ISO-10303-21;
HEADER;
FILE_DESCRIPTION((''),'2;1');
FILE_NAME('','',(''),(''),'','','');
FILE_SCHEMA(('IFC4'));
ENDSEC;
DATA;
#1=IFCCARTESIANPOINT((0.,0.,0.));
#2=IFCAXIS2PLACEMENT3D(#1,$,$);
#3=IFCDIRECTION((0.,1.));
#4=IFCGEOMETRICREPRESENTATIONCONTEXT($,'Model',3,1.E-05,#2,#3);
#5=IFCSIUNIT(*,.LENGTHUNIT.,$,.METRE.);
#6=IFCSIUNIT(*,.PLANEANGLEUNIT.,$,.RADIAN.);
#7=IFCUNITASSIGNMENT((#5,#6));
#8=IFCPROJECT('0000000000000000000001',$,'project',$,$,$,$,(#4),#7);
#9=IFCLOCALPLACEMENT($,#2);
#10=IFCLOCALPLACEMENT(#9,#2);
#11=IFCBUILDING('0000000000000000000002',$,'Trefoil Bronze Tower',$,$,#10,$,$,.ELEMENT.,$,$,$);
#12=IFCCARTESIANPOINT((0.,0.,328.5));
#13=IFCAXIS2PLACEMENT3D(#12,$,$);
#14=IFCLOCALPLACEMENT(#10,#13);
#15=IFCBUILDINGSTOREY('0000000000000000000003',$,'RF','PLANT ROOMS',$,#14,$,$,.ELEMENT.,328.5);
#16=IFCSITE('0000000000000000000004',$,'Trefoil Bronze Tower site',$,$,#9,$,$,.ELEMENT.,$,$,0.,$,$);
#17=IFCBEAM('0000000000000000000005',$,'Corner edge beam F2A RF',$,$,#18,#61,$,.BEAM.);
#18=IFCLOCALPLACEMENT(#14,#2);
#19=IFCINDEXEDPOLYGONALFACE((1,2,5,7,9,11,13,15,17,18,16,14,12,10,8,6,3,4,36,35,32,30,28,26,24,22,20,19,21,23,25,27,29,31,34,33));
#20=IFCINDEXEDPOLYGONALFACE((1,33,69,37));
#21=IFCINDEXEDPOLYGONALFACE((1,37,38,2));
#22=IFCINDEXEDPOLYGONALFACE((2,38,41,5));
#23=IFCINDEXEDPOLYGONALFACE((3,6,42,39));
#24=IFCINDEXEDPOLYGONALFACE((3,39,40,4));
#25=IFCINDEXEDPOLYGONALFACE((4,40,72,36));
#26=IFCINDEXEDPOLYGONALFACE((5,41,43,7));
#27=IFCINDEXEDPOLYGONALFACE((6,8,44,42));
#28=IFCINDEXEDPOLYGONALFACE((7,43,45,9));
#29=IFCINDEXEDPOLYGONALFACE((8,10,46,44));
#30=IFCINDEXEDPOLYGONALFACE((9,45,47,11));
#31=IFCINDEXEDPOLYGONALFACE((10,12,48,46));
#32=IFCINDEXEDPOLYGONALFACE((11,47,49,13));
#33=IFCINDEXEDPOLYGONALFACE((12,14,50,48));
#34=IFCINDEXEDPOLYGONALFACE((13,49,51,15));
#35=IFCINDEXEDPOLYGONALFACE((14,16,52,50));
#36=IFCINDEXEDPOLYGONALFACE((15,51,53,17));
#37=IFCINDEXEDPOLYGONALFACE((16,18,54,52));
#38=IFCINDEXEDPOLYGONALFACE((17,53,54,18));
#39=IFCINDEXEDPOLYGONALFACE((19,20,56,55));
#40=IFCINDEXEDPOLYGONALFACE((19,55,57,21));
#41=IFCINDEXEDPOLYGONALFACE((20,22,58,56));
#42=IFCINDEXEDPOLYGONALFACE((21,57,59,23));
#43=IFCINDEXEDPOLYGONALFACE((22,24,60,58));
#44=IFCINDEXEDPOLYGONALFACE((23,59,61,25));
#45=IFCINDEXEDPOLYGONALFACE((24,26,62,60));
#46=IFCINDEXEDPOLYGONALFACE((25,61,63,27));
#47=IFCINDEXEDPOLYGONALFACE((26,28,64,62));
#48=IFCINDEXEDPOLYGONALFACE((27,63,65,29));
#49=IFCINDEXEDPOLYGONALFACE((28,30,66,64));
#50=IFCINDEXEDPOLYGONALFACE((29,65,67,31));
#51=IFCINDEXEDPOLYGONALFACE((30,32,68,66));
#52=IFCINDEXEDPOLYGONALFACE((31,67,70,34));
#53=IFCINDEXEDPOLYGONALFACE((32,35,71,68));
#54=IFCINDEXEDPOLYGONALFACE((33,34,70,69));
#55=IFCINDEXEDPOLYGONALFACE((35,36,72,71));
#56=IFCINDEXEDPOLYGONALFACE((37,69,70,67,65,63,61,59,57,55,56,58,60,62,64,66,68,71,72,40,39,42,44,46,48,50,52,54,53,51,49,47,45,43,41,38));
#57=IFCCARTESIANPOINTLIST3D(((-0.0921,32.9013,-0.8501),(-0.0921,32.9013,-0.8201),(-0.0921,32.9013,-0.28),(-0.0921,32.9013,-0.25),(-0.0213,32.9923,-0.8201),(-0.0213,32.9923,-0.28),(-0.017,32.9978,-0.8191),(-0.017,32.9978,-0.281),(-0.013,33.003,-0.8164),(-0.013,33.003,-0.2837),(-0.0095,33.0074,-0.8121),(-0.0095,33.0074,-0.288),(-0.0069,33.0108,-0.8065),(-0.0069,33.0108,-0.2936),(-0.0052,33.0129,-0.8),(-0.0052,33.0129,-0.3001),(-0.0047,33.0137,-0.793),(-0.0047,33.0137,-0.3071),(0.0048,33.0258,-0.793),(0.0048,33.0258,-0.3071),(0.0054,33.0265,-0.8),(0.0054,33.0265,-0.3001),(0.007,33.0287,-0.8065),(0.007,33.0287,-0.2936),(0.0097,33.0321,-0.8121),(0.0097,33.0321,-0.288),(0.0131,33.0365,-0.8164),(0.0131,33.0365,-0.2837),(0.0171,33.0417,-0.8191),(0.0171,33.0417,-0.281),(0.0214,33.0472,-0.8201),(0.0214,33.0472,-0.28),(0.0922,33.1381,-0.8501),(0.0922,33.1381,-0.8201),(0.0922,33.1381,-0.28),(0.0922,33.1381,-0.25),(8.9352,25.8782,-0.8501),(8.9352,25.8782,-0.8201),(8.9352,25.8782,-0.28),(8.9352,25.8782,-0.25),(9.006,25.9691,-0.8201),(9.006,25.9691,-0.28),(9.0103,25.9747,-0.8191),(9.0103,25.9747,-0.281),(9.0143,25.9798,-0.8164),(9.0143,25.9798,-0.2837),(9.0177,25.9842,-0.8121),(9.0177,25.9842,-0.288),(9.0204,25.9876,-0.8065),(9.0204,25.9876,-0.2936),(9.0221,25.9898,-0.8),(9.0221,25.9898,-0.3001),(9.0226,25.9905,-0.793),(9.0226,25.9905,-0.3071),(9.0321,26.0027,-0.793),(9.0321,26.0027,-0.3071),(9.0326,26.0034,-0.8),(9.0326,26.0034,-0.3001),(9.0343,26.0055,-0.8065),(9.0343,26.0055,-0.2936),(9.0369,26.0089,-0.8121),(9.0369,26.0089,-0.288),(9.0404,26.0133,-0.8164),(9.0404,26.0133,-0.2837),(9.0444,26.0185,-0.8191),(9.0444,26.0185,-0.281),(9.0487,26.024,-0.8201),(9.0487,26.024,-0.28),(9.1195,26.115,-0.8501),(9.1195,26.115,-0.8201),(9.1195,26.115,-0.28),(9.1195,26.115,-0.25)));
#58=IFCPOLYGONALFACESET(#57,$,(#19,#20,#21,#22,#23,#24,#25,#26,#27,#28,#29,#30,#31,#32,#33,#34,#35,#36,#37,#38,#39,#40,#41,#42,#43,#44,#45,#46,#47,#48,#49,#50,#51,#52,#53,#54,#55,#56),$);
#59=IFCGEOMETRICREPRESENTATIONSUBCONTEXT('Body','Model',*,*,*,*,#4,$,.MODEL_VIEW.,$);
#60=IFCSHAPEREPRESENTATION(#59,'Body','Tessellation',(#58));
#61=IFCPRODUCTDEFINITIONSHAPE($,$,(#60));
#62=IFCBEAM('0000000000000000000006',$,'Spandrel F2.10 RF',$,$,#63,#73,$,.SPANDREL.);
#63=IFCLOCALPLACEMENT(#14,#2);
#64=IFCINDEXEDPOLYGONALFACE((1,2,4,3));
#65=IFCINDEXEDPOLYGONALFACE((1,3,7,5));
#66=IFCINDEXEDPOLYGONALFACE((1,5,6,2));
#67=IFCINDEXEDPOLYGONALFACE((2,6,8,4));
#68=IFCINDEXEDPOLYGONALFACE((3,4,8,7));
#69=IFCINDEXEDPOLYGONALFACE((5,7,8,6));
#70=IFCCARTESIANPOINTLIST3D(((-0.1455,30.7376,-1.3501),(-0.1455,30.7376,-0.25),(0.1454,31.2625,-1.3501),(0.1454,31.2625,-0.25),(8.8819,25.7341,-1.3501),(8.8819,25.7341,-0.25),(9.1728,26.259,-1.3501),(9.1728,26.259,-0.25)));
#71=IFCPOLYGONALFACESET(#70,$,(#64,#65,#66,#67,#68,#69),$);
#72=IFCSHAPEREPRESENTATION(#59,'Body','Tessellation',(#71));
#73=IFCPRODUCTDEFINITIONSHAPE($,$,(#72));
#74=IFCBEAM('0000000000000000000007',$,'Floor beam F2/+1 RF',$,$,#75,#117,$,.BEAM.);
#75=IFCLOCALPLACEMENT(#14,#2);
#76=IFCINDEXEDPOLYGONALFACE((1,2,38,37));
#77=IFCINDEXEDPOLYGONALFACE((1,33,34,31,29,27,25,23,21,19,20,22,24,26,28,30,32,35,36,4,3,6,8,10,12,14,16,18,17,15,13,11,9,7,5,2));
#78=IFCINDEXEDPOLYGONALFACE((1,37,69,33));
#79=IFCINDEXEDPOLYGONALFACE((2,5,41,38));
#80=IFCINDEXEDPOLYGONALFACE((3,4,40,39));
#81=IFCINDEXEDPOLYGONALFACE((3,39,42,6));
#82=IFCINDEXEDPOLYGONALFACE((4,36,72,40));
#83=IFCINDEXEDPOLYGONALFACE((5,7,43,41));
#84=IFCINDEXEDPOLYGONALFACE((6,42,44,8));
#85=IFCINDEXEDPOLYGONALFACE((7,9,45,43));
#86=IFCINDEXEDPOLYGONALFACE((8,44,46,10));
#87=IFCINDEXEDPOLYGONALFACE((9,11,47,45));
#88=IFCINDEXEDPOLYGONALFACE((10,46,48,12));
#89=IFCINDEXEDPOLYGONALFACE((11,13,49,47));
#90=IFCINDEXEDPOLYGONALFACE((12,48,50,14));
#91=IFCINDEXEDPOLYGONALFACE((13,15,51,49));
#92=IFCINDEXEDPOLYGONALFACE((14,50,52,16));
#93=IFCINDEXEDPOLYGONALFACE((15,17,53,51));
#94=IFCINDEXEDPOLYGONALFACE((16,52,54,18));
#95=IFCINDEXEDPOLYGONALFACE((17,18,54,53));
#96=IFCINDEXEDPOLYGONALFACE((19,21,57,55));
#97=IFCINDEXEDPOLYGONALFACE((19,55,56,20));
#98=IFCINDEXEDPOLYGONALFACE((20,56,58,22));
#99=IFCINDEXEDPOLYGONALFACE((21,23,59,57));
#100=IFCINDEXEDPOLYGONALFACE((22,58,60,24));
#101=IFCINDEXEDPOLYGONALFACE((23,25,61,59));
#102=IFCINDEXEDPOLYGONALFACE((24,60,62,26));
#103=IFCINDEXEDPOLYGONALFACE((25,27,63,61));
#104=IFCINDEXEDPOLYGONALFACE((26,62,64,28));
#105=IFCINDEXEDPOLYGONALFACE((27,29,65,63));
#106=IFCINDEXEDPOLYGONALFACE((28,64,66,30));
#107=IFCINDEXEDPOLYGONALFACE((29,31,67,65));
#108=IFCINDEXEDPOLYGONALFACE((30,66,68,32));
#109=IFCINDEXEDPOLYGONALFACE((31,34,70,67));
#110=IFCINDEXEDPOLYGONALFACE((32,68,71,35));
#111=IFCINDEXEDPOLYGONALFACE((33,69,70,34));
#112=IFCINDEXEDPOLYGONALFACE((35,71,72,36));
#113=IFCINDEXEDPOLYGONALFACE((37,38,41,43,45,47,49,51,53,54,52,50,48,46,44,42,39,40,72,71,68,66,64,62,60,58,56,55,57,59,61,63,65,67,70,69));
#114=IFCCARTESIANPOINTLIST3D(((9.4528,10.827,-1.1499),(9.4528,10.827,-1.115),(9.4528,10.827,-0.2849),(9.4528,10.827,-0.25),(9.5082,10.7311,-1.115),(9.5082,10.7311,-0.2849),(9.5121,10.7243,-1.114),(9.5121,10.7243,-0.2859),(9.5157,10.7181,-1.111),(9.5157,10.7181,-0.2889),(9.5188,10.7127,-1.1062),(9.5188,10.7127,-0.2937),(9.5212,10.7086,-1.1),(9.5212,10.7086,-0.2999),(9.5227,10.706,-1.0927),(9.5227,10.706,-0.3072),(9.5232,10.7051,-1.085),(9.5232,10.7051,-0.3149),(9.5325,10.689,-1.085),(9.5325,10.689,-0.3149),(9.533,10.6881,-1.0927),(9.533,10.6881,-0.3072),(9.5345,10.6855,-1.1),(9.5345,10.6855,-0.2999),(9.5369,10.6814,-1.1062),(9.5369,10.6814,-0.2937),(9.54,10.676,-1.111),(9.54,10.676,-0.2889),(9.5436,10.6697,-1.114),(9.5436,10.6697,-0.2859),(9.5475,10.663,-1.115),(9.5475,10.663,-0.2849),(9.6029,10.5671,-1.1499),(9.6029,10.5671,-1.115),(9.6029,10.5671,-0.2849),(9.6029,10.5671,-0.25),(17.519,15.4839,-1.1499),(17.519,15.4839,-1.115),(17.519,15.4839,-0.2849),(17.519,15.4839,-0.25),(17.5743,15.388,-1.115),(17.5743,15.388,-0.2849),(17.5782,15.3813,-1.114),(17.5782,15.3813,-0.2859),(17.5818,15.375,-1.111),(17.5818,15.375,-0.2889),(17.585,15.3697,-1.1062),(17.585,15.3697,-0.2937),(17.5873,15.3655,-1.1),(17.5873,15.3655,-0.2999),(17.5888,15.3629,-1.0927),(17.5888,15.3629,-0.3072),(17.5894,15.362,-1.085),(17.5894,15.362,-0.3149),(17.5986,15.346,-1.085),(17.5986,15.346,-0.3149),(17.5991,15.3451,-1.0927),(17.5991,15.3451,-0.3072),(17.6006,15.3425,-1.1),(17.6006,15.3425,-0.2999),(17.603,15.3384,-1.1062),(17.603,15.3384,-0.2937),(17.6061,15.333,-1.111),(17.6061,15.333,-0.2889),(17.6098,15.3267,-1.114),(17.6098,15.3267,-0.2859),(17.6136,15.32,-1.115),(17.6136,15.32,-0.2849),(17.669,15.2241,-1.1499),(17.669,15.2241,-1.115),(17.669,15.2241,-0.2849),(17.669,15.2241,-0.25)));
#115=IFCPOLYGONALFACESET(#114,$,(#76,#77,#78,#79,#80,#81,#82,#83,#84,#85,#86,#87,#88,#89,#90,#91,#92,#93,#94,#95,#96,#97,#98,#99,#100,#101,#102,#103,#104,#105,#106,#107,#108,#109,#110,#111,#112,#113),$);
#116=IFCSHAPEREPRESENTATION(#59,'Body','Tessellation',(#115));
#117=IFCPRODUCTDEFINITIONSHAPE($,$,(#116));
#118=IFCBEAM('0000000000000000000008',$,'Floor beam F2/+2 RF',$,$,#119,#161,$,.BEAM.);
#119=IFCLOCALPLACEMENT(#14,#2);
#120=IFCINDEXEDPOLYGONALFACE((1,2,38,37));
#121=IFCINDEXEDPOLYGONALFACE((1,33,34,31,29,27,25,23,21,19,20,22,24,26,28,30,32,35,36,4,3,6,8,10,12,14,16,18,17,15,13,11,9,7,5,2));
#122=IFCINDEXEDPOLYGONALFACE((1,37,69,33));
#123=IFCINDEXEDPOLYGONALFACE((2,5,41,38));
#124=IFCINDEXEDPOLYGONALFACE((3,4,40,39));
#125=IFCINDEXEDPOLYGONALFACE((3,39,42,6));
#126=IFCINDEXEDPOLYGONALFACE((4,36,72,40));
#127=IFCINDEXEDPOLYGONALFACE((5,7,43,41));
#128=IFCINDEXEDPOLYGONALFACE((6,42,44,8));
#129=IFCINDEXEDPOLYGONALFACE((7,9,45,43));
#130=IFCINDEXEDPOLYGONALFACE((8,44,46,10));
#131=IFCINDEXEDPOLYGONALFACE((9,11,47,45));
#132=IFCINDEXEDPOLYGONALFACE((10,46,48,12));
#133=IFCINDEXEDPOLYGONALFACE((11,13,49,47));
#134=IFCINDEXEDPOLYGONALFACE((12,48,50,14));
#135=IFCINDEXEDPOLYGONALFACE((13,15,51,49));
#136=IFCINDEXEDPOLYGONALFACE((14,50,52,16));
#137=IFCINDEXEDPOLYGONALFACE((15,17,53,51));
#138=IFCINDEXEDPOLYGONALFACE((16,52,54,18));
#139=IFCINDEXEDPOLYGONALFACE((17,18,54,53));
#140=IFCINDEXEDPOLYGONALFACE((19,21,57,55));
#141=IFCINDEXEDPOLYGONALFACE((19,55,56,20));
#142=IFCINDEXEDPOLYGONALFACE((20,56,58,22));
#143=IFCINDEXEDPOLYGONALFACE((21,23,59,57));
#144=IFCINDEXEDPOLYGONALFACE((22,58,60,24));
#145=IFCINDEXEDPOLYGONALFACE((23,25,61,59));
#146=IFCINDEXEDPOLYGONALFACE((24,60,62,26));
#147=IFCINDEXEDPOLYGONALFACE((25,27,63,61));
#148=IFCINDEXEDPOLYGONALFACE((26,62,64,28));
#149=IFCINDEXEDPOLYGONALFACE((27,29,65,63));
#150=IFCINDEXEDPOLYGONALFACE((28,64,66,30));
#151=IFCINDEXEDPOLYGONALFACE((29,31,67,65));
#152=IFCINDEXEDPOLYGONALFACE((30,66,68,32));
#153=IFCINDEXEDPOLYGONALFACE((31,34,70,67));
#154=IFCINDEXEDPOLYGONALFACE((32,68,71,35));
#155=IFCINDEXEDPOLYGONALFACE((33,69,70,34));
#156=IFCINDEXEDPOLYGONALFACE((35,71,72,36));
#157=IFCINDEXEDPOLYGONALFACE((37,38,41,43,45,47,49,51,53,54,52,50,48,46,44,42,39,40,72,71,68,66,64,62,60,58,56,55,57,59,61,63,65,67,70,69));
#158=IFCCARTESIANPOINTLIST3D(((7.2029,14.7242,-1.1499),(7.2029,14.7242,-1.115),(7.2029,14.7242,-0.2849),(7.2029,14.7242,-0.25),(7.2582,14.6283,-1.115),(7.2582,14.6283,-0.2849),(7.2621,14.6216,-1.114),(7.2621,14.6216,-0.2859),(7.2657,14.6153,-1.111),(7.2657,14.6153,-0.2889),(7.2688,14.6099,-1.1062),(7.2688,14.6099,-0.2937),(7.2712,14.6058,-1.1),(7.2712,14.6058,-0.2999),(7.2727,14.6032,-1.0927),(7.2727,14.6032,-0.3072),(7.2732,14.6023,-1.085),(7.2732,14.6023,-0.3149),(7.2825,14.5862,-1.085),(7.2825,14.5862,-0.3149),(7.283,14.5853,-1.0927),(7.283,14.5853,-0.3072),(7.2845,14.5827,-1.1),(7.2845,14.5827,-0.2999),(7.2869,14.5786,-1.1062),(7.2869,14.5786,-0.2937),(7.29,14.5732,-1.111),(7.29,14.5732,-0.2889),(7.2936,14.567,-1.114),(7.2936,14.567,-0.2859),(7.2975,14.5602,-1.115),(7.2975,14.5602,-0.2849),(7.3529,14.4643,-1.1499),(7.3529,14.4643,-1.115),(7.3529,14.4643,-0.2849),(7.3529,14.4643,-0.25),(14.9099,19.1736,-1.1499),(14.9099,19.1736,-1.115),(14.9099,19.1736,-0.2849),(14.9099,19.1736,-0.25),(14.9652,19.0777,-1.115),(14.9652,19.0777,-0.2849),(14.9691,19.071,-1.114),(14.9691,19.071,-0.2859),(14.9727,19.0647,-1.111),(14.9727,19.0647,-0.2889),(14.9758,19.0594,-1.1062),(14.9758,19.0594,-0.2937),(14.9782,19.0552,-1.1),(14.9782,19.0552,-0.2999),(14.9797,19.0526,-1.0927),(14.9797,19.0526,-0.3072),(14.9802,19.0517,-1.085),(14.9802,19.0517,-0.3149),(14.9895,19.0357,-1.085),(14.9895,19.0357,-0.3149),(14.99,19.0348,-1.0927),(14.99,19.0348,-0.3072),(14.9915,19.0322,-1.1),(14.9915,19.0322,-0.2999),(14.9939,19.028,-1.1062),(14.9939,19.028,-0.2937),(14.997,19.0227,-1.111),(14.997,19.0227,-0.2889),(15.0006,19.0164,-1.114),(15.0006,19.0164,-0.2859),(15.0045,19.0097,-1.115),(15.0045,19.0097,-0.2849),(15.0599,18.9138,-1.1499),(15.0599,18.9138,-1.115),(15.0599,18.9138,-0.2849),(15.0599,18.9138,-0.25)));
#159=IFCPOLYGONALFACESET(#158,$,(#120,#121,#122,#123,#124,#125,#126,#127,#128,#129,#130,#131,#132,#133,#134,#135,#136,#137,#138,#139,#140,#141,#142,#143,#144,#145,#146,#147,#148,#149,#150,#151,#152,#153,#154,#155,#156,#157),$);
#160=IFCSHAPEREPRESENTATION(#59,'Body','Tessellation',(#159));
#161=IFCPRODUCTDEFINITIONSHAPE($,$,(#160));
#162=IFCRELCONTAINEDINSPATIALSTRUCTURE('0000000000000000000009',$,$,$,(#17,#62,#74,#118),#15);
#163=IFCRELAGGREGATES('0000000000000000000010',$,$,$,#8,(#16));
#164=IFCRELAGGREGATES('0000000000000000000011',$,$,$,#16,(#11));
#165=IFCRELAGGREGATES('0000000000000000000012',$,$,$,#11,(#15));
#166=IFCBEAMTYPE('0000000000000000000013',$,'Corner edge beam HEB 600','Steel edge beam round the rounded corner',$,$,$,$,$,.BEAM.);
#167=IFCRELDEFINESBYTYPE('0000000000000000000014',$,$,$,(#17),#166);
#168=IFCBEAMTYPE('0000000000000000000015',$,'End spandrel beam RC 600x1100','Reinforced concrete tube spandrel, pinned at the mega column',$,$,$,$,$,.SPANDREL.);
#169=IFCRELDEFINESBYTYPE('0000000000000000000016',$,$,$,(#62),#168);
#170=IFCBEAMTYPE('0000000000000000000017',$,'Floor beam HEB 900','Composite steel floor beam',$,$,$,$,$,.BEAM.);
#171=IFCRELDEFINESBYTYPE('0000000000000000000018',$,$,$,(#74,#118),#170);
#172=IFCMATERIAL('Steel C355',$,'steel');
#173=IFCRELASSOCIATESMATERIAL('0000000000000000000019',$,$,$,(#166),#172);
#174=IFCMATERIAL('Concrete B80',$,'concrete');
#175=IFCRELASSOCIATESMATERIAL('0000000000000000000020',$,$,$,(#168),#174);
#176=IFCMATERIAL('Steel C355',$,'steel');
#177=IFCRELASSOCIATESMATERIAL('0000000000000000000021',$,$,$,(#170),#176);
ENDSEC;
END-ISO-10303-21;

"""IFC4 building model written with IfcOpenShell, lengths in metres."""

from ifc_helpers import new_model, si_unit, direction, frame, origin, origin_2d, place, context, subcontext, project, spatial, rectangle, i_section, extrude, material, material_profile, profile_set, type_object, element, save


model = new_model("IFC4")

# Units and contexts
model_context = context("Model", 3, precision=1e-05, world=origin(), true_north=direction((0.0, 1.0)))
body_context = subcontext(model_context, "Body", "Model", "MODEL_VIEW")
ifc_project = project(units=[si_unit("LENGTHUNIT", "METRE"), si_unit("PLANEANGLEUNIT", "RADIAN")], contexts=[model_context])

# Site, building, storey
site_placement = place(None, origin())
site = spatial("IfcSite", under=ifc_project, at=site_placement, Name="Trefoil Bronze Tower site", CompositionType="ELEMENT", RefElevation=0.0)
building_placement = place(site_placement, origin())
building = spatial("IfcBuilding", under=site, at=building_placement, Name="Trefoil Bronze Tower", CompositionType="ELEMENT")
storey_placement = place(building_placement, frame((0.0, 0.0, 328.5)))
storey = spatial("IfcBuildingStorey", under=building, at=storey_placement, Name="RF", Description="PLANT ROOMS", CompositionType="ELEMENT", Elevation=328.5)

# Beams
ifc_material_1 = material(Name="Steel C355", Category="steel")
ifc_material_profile_1 = material_profile(ifc_material_1, i_section(OverallWidth=0.3, OverallDepth=0.6001, WebThickness=0.0154, FlangeThickness=0.03, FilletRadius=0.0271, at=origin_2d()), Name="HEB 600")
ifc_profile_set_1 = profile_set([ifc_material_profile_1], Name="Steel C355")
beam_type_1 = type_object("IfcBeamType", Name="Corner edge beam HEB 600", Description="Steel edge beam round the rounded corner", PredefinedType="BEAM", material=ifc_profile_set_1)
beam_1_placement = place(storey_placement, frame((9.0273, 25.9966, -0.55), z_axis=(-0.789271, 0.614046, 0.0), x_axis=(-0.614046, -0.789271, 0.0)))
element("IfcBeam", 1, at=beam_1_placement, inside=storey, type_object=beam_type_1, Name="Corner edge beam F2A RF", PredefinedType="BEAM", context=body_context, shape_type="SweptSolid", body=[
    extrude(i_section(OverallWidth=0.3, OverallDepth=0.6001, WebThickness=0.0154, FlangeThickness=0.03, FilletRadius=0.0271, at=origin_2d()), origin(), (0.0, 0.0, 1.0), 11.4375),
])
ifc_material_2 = material(Name="Concrete B80", Category="concrete")
ifc_material_profile_2 = material_profile(ifc_material_2, rectangle(XDim=0.6001, YDim=1.1001, at=origin_2d()), Name="RC 600x1100")
ifc_profile_set_2 = profile_set([ifc_material_profile_2], Name="Concrete B80")
beam_type_2 = type_object("IfcBeamType", Name="End spandrel beam RC 600x1100", Description="Reinforced concrete tube spandrel, pinned at the mega column", PredefinedType="SPANDREL", material=ifc_profile_set_2)
beam_2_placement = place(storey_placement, frame((9.0273, 25.9966, -0.8), z_axis=(-0.874641, 0.484771, 0.0), x_axis=(-0.484771, -0.874641, 0.0)))
element("IfcBeam", 2, at=beam_2_placement, inside=storey, type_object=beam_type_2, Name="Spandrel F2.10 RF", PredefinedType="SPANDREL", context=body_context, shape_type="SweptSolid", body=[
    extrude(rectangle(XDim=0.6001, YDim=1.1001, at=origin_2d()), origin(), (0.0, 0.0, 1.0), 10.3213),
])
ifc_material_3 = material(Name="Steel C355", Category="steel")
ifc_material_profile_3 = material_profile(ifc_material_3, i_section(OverallWidth=0.3, OverallDepth=0.8999, WebThickness=0.0186, FlangeThickness=0.0349, FilletRadius=0.03, at=origin_2d()), Name="HEB 900")
ifc_profile_set_3 = profile_set([ifc_material_profile_3], Name="Steel C355")
beam_type_3 = type_object("IfcBeamType", Name="Floor beam HEB 900", Description="Composite steel floor beam", PredefinedType="BEAM", material=ifc_profile_set_3)
beam_3_placement = place(storey_placement, frame((17.594, 15.354, -0.7), z_axis=(-0.866026, -0.499999, 0.0), x_axis=(0.499999, -0.866026, 0.0)))
element("IfcBeam", 3, at=beam_3_placement, inside=storey, type_object=beam_type_3, Name="Floor beam F2/+1 RF", PredefinedType="BEAM", context=body_context, shape_type="SweptSolid", body=[
    extrude(i_section(OverallWidth=0.3, OverallDepth=0.8999, WebThickness=0.0186, FlangeThickness=0.0349, FilletRadius=0.03, at=origin_2d()), origin(), (0.0, 0.0, 1.0), 9.314),
])
beam_4_placement = place(storey_placement, frame((14.9849, 19.0437, -0.7), z_axis=(-0.866035, -0.499984, 0.0), x_axis=(0.499984, -0.866035, 0.0)))
element("IfcBeam", 4, at=beam_4_placement, inside=storey, type_object=beam_type_3, Name="Floor beam F2/+2 RF", PredefinedType="BEAM", context=body_context, shape_type="SweptSolid", body=[
    extrude(i_section(OverallWidth=0.3, OverallDepth=0.8999, WebThickness=0.0186, FlangeThickness=0.0349, FilletRadius=0.03, at=origin_2d()), origin(), (0.0, 0.0, 1.0), 8.8992),
])

save(model, "model.ifc")
